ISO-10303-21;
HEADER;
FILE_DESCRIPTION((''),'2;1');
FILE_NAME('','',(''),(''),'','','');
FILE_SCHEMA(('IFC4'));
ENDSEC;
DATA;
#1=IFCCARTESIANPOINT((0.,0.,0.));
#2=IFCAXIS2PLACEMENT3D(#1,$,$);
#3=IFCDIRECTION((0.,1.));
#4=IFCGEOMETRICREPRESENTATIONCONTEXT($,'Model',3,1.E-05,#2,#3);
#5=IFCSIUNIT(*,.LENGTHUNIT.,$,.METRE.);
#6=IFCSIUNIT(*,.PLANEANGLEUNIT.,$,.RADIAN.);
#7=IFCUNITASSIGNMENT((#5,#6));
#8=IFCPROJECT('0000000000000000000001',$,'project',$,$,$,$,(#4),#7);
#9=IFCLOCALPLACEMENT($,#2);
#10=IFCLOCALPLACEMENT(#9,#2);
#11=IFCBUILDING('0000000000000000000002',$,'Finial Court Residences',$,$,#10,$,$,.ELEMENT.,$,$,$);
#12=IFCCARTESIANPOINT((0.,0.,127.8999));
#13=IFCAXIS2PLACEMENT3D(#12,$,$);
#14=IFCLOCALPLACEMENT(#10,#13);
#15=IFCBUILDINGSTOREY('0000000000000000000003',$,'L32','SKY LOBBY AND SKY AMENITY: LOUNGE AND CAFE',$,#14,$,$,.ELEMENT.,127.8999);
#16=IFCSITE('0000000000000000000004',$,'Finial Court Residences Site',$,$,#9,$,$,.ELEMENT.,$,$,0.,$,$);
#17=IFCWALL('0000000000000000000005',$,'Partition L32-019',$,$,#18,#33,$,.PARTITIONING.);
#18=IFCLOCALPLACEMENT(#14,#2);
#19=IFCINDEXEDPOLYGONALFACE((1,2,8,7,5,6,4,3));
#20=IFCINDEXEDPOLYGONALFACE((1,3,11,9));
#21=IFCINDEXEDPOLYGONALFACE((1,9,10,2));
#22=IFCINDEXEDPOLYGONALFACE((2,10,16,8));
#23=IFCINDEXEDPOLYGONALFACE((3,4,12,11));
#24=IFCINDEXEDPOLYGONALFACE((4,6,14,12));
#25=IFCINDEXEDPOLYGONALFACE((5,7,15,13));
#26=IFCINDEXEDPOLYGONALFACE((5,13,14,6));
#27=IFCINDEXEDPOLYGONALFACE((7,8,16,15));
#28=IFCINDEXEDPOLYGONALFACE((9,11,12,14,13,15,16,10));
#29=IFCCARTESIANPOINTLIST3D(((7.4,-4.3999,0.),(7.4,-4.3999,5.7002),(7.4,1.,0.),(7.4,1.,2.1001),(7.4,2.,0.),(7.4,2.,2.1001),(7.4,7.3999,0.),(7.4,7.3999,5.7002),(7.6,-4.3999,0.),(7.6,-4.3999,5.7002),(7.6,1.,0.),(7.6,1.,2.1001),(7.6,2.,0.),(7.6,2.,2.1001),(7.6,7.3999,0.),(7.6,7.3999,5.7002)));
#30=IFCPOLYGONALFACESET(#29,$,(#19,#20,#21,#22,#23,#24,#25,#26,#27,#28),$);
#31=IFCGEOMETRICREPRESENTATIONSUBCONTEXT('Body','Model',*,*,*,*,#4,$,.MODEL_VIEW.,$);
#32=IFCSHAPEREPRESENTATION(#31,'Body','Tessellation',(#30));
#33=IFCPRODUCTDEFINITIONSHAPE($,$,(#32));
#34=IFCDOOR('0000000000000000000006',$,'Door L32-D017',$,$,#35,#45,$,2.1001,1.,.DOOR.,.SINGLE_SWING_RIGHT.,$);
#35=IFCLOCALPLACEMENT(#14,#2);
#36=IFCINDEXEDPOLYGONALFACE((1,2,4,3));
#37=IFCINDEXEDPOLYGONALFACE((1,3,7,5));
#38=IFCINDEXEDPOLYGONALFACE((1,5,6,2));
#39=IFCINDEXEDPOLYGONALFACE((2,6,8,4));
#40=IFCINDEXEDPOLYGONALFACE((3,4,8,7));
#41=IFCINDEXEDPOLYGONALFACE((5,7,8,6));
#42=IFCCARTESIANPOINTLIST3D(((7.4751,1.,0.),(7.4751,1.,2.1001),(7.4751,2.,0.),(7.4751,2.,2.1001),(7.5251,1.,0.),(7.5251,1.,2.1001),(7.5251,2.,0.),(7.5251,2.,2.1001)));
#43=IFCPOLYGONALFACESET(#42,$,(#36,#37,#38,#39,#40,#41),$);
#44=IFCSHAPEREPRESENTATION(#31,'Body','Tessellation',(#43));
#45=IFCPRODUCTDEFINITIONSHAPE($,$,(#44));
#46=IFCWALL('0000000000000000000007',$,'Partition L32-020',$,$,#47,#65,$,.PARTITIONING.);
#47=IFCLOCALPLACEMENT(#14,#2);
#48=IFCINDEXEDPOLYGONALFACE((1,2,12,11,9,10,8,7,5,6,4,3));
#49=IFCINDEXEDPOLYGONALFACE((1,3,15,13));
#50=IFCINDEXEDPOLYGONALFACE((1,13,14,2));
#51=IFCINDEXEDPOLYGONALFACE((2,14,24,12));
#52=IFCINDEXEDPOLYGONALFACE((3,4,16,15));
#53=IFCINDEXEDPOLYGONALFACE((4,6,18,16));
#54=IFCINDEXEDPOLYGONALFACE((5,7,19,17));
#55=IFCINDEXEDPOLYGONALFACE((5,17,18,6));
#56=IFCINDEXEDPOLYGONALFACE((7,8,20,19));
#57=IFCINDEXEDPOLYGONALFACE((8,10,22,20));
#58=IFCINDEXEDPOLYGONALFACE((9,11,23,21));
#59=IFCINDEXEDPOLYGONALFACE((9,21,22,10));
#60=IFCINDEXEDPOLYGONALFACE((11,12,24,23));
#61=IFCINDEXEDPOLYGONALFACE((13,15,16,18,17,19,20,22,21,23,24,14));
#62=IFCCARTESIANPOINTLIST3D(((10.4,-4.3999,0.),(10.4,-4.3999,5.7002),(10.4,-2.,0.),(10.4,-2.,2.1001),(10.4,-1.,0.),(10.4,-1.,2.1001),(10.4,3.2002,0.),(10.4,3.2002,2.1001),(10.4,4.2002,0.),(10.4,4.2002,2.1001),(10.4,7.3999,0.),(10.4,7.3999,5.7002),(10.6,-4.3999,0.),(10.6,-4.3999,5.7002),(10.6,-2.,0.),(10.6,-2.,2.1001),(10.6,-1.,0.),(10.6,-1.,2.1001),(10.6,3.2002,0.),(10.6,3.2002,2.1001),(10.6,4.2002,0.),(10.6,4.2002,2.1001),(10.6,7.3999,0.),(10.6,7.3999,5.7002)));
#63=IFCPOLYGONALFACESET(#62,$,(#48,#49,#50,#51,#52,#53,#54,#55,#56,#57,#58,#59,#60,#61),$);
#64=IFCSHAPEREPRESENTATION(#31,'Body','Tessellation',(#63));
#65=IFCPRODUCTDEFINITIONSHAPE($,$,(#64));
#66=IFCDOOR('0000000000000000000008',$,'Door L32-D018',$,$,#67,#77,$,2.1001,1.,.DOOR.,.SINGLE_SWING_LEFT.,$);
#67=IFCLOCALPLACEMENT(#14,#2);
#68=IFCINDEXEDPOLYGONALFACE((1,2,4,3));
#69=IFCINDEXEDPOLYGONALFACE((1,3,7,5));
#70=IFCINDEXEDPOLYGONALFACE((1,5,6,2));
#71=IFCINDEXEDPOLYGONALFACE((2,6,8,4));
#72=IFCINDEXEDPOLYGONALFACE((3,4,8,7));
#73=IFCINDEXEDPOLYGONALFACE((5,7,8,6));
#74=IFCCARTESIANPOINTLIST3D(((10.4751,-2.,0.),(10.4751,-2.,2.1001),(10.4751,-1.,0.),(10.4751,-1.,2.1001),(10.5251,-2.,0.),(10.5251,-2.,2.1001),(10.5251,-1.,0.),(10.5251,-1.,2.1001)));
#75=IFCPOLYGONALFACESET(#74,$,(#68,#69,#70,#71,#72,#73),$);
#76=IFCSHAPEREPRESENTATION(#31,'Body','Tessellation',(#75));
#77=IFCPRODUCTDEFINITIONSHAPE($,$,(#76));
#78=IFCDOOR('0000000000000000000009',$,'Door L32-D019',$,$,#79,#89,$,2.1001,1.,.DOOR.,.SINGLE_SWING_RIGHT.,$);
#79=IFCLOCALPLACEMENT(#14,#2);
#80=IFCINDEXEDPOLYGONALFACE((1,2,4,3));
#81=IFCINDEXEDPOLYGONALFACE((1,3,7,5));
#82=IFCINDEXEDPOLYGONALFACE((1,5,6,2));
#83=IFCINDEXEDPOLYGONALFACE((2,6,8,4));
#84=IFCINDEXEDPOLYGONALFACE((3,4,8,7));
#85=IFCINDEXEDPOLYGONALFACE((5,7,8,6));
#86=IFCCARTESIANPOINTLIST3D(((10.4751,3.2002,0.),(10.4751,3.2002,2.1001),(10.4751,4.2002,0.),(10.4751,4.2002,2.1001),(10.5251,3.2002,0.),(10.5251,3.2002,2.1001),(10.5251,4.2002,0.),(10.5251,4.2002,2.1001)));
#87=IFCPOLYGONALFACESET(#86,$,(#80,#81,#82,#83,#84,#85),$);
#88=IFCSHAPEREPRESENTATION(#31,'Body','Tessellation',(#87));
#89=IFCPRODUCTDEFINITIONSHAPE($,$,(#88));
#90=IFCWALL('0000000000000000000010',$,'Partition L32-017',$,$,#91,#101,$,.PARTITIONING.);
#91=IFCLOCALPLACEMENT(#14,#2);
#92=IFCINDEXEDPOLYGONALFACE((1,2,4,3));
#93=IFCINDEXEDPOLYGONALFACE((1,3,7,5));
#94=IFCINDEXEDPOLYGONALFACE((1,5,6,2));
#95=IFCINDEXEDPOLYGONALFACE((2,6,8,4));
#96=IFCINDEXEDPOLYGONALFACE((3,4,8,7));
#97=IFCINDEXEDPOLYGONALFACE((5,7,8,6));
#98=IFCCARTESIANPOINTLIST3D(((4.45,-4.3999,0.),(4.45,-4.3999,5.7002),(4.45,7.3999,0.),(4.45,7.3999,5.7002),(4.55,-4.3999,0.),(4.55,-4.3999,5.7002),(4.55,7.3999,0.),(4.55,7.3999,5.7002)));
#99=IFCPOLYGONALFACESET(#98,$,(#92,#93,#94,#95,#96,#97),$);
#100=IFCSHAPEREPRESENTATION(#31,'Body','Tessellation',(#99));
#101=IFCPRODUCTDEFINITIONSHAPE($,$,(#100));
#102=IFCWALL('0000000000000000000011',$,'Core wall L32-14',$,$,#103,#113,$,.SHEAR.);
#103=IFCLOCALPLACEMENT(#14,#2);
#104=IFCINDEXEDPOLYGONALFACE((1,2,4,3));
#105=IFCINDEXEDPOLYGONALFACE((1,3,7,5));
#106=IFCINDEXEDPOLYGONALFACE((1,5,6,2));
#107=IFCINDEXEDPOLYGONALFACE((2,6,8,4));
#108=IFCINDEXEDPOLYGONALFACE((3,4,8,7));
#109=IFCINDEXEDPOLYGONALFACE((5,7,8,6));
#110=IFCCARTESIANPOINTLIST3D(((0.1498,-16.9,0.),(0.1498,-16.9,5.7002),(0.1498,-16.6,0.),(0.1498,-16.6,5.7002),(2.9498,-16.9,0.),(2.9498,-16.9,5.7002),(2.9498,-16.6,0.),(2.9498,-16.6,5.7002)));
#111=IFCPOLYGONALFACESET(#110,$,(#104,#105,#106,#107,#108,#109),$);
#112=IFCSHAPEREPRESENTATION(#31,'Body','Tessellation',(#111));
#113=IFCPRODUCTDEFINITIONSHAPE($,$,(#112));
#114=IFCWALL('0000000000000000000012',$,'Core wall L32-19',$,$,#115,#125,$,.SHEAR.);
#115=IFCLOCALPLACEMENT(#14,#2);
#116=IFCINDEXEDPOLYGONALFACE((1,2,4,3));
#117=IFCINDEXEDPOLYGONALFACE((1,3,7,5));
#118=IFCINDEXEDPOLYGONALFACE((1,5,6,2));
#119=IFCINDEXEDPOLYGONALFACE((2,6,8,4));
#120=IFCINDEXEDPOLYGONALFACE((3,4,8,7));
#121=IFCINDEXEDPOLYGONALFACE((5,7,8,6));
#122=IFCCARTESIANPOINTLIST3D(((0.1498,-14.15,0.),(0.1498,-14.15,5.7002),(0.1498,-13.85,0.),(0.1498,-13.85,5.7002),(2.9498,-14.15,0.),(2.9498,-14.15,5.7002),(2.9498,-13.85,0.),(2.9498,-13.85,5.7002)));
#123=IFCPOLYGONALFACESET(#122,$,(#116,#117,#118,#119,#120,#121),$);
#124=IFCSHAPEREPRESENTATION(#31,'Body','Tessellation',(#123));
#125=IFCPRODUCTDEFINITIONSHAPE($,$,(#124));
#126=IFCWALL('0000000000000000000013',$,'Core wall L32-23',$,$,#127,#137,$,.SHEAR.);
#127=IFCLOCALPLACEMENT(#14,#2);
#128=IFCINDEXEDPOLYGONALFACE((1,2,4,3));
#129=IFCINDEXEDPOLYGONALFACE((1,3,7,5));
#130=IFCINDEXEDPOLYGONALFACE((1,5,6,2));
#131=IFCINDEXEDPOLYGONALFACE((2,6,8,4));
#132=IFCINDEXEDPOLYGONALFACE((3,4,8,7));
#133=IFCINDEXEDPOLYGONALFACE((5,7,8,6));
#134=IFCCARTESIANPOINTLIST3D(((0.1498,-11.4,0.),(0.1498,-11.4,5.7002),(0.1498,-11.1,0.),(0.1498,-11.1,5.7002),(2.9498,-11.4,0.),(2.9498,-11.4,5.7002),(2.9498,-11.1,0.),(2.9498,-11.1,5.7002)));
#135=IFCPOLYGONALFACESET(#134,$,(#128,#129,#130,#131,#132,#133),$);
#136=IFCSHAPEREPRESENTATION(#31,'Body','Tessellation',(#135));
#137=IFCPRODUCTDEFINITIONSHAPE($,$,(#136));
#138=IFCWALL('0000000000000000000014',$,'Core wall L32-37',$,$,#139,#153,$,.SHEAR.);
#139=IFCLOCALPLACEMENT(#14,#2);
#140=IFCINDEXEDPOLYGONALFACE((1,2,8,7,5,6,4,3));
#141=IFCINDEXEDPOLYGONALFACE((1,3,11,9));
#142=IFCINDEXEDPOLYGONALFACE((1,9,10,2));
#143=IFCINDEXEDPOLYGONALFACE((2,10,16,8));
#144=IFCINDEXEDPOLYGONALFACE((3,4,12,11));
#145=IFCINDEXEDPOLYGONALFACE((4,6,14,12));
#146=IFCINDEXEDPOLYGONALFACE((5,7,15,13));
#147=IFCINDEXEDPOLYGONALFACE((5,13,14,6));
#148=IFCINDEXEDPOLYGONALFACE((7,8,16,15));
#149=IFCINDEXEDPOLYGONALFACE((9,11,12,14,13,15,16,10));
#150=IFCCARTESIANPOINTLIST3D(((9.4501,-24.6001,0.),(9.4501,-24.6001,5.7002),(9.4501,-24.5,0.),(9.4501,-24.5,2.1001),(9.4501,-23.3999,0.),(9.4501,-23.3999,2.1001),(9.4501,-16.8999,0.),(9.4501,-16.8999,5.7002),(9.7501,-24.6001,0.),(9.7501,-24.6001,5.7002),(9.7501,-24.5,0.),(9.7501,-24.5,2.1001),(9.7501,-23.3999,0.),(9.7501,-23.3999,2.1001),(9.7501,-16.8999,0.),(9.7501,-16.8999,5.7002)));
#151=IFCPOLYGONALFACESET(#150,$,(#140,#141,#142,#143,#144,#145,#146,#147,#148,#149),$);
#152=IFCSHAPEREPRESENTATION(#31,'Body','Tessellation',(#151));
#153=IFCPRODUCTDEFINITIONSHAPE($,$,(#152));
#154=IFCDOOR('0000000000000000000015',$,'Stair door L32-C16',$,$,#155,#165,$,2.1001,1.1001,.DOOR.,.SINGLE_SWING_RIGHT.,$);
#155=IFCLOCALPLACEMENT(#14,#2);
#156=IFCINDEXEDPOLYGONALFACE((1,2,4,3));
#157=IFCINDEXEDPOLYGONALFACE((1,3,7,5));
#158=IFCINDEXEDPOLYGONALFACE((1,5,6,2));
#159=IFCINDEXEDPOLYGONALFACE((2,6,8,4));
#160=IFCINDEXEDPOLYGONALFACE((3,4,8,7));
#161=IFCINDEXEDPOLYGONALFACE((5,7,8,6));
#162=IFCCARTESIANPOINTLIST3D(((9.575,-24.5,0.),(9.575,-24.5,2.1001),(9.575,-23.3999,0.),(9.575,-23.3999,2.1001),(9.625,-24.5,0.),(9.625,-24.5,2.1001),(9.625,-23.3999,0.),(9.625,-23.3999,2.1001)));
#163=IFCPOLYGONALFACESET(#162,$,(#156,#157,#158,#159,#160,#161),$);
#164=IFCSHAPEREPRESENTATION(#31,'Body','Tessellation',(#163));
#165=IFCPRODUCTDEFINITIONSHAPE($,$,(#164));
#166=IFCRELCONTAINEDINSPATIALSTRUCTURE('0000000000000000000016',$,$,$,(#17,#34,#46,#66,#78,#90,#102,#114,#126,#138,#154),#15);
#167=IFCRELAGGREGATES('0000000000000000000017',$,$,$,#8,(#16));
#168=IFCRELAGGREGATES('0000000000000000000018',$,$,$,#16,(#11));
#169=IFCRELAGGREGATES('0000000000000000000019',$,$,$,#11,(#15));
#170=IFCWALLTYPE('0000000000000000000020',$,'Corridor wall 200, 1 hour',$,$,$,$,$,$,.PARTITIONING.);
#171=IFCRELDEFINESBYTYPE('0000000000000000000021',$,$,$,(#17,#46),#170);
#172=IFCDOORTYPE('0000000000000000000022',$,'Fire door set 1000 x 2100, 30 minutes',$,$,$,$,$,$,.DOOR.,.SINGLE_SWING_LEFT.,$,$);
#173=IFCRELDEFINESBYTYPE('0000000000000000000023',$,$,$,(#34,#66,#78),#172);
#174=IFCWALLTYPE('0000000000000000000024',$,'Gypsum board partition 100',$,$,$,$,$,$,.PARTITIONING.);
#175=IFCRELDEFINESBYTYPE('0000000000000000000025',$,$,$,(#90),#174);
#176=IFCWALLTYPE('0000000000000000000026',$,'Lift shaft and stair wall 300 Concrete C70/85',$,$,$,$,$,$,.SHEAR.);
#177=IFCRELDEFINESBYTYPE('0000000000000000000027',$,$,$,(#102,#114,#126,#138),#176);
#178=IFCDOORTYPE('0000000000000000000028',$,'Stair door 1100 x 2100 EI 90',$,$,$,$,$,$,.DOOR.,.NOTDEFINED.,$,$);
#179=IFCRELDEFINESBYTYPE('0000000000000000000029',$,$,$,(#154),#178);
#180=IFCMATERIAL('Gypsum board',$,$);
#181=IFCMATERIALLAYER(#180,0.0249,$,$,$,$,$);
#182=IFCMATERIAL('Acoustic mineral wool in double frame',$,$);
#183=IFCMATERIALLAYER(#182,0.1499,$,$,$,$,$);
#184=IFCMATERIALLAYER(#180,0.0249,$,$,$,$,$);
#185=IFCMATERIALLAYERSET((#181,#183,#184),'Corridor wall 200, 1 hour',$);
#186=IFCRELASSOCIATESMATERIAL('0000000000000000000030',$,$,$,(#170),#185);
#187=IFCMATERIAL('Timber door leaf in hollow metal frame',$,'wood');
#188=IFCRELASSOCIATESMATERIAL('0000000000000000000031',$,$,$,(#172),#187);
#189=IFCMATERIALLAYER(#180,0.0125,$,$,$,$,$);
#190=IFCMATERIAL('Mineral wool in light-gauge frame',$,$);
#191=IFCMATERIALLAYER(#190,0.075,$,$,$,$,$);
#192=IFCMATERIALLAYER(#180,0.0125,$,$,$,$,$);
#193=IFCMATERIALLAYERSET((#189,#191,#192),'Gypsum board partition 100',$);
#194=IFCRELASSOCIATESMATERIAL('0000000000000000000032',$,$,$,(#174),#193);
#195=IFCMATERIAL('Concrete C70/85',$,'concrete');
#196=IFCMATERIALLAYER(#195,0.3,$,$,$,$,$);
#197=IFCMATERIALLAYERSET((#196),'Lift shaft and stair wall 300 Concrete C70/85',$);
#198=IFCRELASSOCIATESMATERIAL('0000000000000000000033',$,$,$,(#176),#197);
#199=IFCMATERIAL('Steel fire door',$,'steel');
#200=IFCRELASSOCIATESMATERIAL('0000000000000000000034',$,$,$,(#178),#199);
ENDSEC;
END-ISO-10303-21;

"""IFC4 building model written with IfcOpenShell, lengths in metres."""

from ifc_helpers import new_model, si_unit, direction, frame, frame_2d, origin, place, context, subcontext, project, spatial, rectangle, extrude, material, layer, layer_set, type_object, element, fill, save


model = new_model("IFC4")

# Units and contexts
model_context = context("Model", 3, precision=1e-05, world=origin(), true_north=direction((0.0, 1.0)))
body_context = subcontext(model_context, "Body", "Model", "MODEL_VIEW")
ifc_project = project(units=[si_unit("LENGTHUNIT", "METRE"), si_unit("PLANEANGLEUNIT", "RADIAN")], contexts=[model_context])

# Site, building, storey
site_placement = place(None, origin())
site = spatial("IfcSite", under=ifc_project, at=site_placement, Name="Finial Court Residences Site", CompositionType="ELEMENT", RefElevation=0.0)
building_placement = place(site_placement, origin())
building = spatial("IfcBuilding", under=site, at=building_placement, Name="Finial Court Residences", CompositionType="ELEMENT")
storey_placement = place(building_placement, frame((0.0, 0.0, 127.8999)))
storey = spatial("IfcBuildingStorey", under=building, at=storey_placement, Name="L32", Description="SKY LOBBY AND SKY AMENITY: LOUNGE AND CAFE", CompositionType="ELEMENT", Elevation=127.8999)

# Shared definitions
ifc_material_1 = material(Name="Concrete C70/85", Category="concrete")

# Shared definitions
ifc_material_2 = material(Name="Steel fire door", Category="steel")
ifc_material_3 = material(Name="Gypsum board")
ifc_layer_1 = layer(ifc_material_3, 0.0249)
ifc_material_4 = material(Name="Acoustic mineral wool in double frame")
ifc_layer_2 = layer(ifc_material_4, 0.1499)
ifc_layer_3 = layer(ifc_material_3, 0.0249)
ifc_layer_set_1 = layer_set([ifc_layer_1, ifc_layer_2, ifc_layer_3], Name="Corridor wall 200, 1 hour")
wall_type_1 = type_object("IfcWallType", Name="Corridor wall 200, 1 hour", PredefinedType="PARTITIONING", material=ifc_layer_set_1)
ifc_material_5 = material(Name="Timber door leaf in hollow metal frame", Category="wood")
door_type_1 = type_object("IfcDoorType", Name="Fire door set 1000 x 2100, 30 minutes", OperationType="SINGLE_SWING_LEFT", PredefinedType="DOOR", material=ifc_material_5)

# Wall, opening, door
wall_1_placement = place(storey_placement, frame((7.5, -4.3999, 0.0), z_axis=(0.0, 0.0, 1.0), x_axis=(0.0, 1.0, 0.0)))
wall_1 = element("IfcWall", 1, at=wall_1_placement, inside=storey, type_object=wall_type_1, Name="Partition L32-019", PredefinedType="PARTITIONING", context=body_context, shape_type="SweptSolid", body=[
    extrude(rectangle(XDim=11.7998, YDim=0.2, at=frame_2d((5.8999, 0.0))), origin(), (0.0, 0.0, 1.0), 5.7002),
])
opening_1_placement = place(wall_1_placement, frame((5.3999, 0.0, 0.0)))
opening_1 = element("IfcOpeningElement", 2, at=opening_1_placement, cuts=wall_1, PredefinedType="OPENING", context=body_context, shape_type="SweptSolid", body=[
    extrude(rectangle(XDim=1.0, YDim=2.1001, at=frame_2d((0.5, 1.05))), frame((0.0, 0.1099, 0.0), z_axis=(0.0, -1.0, 0.0), x_axis=(1.0, 0.0, 0.0)), (0.0, 0.0, 1.0), 0.22),
])
door_1_placement = place(opening_1_placement, origin())
door_1 = element("IfcDoor", 3, at=door_1_placement, inside=storey, type_object=door_type_1, Name="Door L32-D017", OperationType="SINGLE_SWING_RIGHT", OverallHeight=2.1001, OverallWidth=1.0, PredefinedType="DOOR", context=body_context, shape_type="SweptSolid", body=[
    extrude(rectangle(XDim=1.0, YDim=2.1001, at=frame_2d((0.5, 1.05))), frame((0.0, 0.0249, 0.0), z_axis=(0.0, -1.0, 0.0), x_axis=(1.0, 0.0, 0.0)), (0.0, 0.0, 1.0), 0.05),
])
fill(opening_1, door_1)

# Wall, openings, doors
wall_2_placement = place(storey_placement, frame((10.5, -4.3999, 0.0), z_axis=(0.0, 0.0, 1.0), x_axis=(0.0, 1.0, 0.0)))
wall_2 = element("IfcWall", 4, at=wall_2_placement, inside=storey, type_object=wall_type_1, Name="Partition L32-020", PredefinedType="PARTITIONING", context=body_context, shape_type="SweptSolid", body=[
    extrude(rectangle(XDim=11.7998, YDim=0.2, at=frame_2d((5.8999, 0.0))), origin(), (0.0, 0.0, 1.0), 5.7002),
])
opening_2_placement = place(wall_2_placement, frame((2.3999, 0.0, 0.0)))
opening_2 = element("IfcOpeningElement", 5, at=opening_2_placement, cuts=wall_2, PredefinedType="OPENING", context=body_context, shape_type="SweptSolid", body=[
    extrude(rectangle(XDim=1.0, YDim=2.1001, at=frame_2d((0.5, 1.05))), frame((0.0, 0.1099, 0.0), z_axis=(0.0, -1.0, 0.0), x_axis=(1.0, 0.0, 0.0)), (0.0, 0.0, 1.0), 0.22),
])
opening_3_placement = place(wall_2_placement, frame((7.6001, 0.0, 0.0)))
opening_3 = element("IfcOpeningElement", 6, at=opening_3_placement, cuts=wall_2, PredefinedType="OPENING", context=body_context, shape_type="SweptSolid", body=[
    extrude(rectangle(XDim=1.0, YDim=2.1001, at=frame_2d((0.5, 1.05))), frame((0.0, 0.1099, 0.0), z_axis=(0.0, -1.0, 0.0), x_axis=(1.0, 0.0, 0.0)), (0.0, 0.0, 1.0), 0.22),
])
door_2_placement = place(opening_2_placement, origin())
door_2 = element("IfcDoor", 7, at=door_2_placement, inside=storey, type_object=door_type_1, Name="Door L32-D018", OperationType="SINGLE_SWING_LEFT", OverallHeight=2.1001, OverallWidth=1.0, PredefinedType="DOOR", context=body_context, shape_type="SweptSolid", body=[
    extrude(rectangle(XDim=1.0, YDim=2.1001, at=frame_2d((0.5, 1.05))), frame((0.0, 0.0249, 0.0), z_axis=(0.0, -1.0, 0.0), x_axis=(1.0, 0.0, 0.0)), (0.0, 0.0, 1.0), 0.05),
])
fill(opening_2, door_2)
door_3_placement = place(opening_3_placement, origin())
door_3 = element("IfcDoor", 8, at=door_3_placement, inside=storey, type_object=door_type_1, Name="Door L32-D019", OperationType="SINGLE_SWING_RIGHT", OverallHeight=2.1001, OverallWidth=1.0, PredefinedType="DOOR", context=body_context, shape_type="SweptSolid", body=[
    extrude(rectangle(XDim=1.0, YDim=2.1001, at=frame_2d((0.5, 1.05))), frame((0.0, 0.0249, 0.0), z_axis=(0.0, -1.0, 0.0), x_axis=(1.0, 0.0, 0.0)), (0.0, 0.0, 1.0), 0.05),
])
fill(opening_3, door_3)

# Walls
ifc_layer_4 = layer(ifc_material_3, 0.0125)
ifc_material_6 = material(Name="Mineral wool in light-gauge frame")
ifc_layer_5 = layer(ifc_material_6, 0.075)
ifc_layer_6 = layer(ifc_material_3, 0.0125)
ifc_layer_set_2 = layer_set([ifc_layer_4, ifc_layer_5, ifc_layer_6], Name="Gypsum board partition 100")
wall_type_2 = type_object("IfcWallType", Name="Gypsum board partition 100", PredefinedType="PARTITIONING", material=ifc_layer_set_2)
wall_3_placement = place(storey_placement, frame((4.5, -4.3999, 0.0), z_axis=(0.0, 0.0, 1.0), x_axis=(0.0, 1.0, 0.0)))
element("IfcWall", 9, at=wall_3_placement, inside=storey, type_object=wall_type_2, Name="Partition L32-017", PredefinedType="PARTITIONING", context=body_context, shape_type="SweptSolid", body=[
    extrude(rectangle(XDim=11.7998, YDim=0.1001, at=frame_2d((5.8999, 0.0))), origin(), (0.0, 0.0, 1.0), 5.7002),
])
ifc_layer_7 = layer(ifc_material_1, 0.3)
ifc_layer_set_3 = layer_set([ifc_layer_7], Name="Lift shaft and stair wall 300 Concrete C70/85")
wall_type_3 = type_object("IfcWallType", Name="Lift shaft and stair wall 300 Concrete C70/85", PredefinedType="SHEAR", material=ifc_layer_set_3)
for number, where, z_axis, x_axis, name in (
    (10, (0.1499, -16.75, 0.0), (0.0, 0.0, 1.0), (1.0, 0.0, 0.0), "Core wall L32-14"),
    (11, (0.1499, -14.0, 0.0), (0.0, 0.0, 1.0), (1.0, 0.0, 0.0), "Core wall L32-19"),
    (12, (0.1499, -11.25, 0.0), (0.0, 0.0, 1.0), (1.0, 0.0, 0.0), "Core wall L32-23"),
):
    element("IfcWall", number, at=place(storey_placement, frame(where, z_axis=z_axis, x_axis=x_axis)), inside=storey, type_object=wall_type_3, Name=name, PredefinedType="SHEAR", context=body_context, shape_type="SweptSolid", body=[
        extrude(rectangle(XDim=2.8, YDim=0.3, at=frame_2d((1.3999, 0.0))), origin(), (0.0, 0.0, 1.0), 5.7002),
    ])

# Wall, opening, door
wall_4_placement = place(storey_placement, frame((9.6001, -16.8999, 0.0), z_axis=(0.0, 0.0, 1.0), x_axis=(0.0, -1.0, 0.0)))
wall_4 = element("IfcWall", 13, at=wall_4_placement, inside=storey, type_object=wall_type_3, Name="Core wall L32-37", PredefinedType="SHEAR", context=body_context, shape_type="SweptSolid", body=[
    extrude(rectangle(XDim=7.7002, YDim=0.3, at=frame_2d((3.8501, 0.0))), origin(), (0.0, 0.0, 1.0), 5.7002),
])
opening_4_placement = place(wall_4_placement, frame((6.5, 0.0, 0.0)))
opening_4 = element("IfcOpeningElement", 14, at=opening_4_placement, cuts=wall_4, PredefinedType="OPENING", context=body_context, shape_type="SweptSolid", body=[
    extrude(rectangle(XDim=1.1001, YDim=2.1001, at=frame_2d((0.55, 1.05))), frame((0.0, 0.1599, 0.0), z_axis=(0.0, -1.0, 0.0), x_axis=(1.0, 0.0, 0.0)), (0.0, 0.0, 1.0), 0.3201),
])
door_type_2 = type_object("IfcDoorType", Name="Stair door 1100 x 2100 EI 90", OperationType="NOTDEFINED", PredefinedType="DOOR", material=ifc_material_2)
door_4_placement = place(opening_4_placement, origin())
door_4 = element("IfcDoor", 15, at=door_4_placement, inside=storey, type_object=door_type_2, Name="Stair door L32-C16", OperationType="SINGLE_SWING_RIGHT", OverallHeight=2.1001, OverallWidth=1.1001, PredefinedType="DOOR", context=body_context, shape_type="SweptSolid", body=[
    extrude(rectangle(XDim=1.1001, YDim=2.1001, at=frame_2d((0.55, 1.05))), frame((0.0, 0.0249, 0.0), z_axis=(0.0, -1.0, 0.0), x_axis=(1.0, 0.0, 0.0)), (0.0, 0.0, 1.0), 0.05),
])
fill(opening_4, door_4)

save(model, "model.ifc")
